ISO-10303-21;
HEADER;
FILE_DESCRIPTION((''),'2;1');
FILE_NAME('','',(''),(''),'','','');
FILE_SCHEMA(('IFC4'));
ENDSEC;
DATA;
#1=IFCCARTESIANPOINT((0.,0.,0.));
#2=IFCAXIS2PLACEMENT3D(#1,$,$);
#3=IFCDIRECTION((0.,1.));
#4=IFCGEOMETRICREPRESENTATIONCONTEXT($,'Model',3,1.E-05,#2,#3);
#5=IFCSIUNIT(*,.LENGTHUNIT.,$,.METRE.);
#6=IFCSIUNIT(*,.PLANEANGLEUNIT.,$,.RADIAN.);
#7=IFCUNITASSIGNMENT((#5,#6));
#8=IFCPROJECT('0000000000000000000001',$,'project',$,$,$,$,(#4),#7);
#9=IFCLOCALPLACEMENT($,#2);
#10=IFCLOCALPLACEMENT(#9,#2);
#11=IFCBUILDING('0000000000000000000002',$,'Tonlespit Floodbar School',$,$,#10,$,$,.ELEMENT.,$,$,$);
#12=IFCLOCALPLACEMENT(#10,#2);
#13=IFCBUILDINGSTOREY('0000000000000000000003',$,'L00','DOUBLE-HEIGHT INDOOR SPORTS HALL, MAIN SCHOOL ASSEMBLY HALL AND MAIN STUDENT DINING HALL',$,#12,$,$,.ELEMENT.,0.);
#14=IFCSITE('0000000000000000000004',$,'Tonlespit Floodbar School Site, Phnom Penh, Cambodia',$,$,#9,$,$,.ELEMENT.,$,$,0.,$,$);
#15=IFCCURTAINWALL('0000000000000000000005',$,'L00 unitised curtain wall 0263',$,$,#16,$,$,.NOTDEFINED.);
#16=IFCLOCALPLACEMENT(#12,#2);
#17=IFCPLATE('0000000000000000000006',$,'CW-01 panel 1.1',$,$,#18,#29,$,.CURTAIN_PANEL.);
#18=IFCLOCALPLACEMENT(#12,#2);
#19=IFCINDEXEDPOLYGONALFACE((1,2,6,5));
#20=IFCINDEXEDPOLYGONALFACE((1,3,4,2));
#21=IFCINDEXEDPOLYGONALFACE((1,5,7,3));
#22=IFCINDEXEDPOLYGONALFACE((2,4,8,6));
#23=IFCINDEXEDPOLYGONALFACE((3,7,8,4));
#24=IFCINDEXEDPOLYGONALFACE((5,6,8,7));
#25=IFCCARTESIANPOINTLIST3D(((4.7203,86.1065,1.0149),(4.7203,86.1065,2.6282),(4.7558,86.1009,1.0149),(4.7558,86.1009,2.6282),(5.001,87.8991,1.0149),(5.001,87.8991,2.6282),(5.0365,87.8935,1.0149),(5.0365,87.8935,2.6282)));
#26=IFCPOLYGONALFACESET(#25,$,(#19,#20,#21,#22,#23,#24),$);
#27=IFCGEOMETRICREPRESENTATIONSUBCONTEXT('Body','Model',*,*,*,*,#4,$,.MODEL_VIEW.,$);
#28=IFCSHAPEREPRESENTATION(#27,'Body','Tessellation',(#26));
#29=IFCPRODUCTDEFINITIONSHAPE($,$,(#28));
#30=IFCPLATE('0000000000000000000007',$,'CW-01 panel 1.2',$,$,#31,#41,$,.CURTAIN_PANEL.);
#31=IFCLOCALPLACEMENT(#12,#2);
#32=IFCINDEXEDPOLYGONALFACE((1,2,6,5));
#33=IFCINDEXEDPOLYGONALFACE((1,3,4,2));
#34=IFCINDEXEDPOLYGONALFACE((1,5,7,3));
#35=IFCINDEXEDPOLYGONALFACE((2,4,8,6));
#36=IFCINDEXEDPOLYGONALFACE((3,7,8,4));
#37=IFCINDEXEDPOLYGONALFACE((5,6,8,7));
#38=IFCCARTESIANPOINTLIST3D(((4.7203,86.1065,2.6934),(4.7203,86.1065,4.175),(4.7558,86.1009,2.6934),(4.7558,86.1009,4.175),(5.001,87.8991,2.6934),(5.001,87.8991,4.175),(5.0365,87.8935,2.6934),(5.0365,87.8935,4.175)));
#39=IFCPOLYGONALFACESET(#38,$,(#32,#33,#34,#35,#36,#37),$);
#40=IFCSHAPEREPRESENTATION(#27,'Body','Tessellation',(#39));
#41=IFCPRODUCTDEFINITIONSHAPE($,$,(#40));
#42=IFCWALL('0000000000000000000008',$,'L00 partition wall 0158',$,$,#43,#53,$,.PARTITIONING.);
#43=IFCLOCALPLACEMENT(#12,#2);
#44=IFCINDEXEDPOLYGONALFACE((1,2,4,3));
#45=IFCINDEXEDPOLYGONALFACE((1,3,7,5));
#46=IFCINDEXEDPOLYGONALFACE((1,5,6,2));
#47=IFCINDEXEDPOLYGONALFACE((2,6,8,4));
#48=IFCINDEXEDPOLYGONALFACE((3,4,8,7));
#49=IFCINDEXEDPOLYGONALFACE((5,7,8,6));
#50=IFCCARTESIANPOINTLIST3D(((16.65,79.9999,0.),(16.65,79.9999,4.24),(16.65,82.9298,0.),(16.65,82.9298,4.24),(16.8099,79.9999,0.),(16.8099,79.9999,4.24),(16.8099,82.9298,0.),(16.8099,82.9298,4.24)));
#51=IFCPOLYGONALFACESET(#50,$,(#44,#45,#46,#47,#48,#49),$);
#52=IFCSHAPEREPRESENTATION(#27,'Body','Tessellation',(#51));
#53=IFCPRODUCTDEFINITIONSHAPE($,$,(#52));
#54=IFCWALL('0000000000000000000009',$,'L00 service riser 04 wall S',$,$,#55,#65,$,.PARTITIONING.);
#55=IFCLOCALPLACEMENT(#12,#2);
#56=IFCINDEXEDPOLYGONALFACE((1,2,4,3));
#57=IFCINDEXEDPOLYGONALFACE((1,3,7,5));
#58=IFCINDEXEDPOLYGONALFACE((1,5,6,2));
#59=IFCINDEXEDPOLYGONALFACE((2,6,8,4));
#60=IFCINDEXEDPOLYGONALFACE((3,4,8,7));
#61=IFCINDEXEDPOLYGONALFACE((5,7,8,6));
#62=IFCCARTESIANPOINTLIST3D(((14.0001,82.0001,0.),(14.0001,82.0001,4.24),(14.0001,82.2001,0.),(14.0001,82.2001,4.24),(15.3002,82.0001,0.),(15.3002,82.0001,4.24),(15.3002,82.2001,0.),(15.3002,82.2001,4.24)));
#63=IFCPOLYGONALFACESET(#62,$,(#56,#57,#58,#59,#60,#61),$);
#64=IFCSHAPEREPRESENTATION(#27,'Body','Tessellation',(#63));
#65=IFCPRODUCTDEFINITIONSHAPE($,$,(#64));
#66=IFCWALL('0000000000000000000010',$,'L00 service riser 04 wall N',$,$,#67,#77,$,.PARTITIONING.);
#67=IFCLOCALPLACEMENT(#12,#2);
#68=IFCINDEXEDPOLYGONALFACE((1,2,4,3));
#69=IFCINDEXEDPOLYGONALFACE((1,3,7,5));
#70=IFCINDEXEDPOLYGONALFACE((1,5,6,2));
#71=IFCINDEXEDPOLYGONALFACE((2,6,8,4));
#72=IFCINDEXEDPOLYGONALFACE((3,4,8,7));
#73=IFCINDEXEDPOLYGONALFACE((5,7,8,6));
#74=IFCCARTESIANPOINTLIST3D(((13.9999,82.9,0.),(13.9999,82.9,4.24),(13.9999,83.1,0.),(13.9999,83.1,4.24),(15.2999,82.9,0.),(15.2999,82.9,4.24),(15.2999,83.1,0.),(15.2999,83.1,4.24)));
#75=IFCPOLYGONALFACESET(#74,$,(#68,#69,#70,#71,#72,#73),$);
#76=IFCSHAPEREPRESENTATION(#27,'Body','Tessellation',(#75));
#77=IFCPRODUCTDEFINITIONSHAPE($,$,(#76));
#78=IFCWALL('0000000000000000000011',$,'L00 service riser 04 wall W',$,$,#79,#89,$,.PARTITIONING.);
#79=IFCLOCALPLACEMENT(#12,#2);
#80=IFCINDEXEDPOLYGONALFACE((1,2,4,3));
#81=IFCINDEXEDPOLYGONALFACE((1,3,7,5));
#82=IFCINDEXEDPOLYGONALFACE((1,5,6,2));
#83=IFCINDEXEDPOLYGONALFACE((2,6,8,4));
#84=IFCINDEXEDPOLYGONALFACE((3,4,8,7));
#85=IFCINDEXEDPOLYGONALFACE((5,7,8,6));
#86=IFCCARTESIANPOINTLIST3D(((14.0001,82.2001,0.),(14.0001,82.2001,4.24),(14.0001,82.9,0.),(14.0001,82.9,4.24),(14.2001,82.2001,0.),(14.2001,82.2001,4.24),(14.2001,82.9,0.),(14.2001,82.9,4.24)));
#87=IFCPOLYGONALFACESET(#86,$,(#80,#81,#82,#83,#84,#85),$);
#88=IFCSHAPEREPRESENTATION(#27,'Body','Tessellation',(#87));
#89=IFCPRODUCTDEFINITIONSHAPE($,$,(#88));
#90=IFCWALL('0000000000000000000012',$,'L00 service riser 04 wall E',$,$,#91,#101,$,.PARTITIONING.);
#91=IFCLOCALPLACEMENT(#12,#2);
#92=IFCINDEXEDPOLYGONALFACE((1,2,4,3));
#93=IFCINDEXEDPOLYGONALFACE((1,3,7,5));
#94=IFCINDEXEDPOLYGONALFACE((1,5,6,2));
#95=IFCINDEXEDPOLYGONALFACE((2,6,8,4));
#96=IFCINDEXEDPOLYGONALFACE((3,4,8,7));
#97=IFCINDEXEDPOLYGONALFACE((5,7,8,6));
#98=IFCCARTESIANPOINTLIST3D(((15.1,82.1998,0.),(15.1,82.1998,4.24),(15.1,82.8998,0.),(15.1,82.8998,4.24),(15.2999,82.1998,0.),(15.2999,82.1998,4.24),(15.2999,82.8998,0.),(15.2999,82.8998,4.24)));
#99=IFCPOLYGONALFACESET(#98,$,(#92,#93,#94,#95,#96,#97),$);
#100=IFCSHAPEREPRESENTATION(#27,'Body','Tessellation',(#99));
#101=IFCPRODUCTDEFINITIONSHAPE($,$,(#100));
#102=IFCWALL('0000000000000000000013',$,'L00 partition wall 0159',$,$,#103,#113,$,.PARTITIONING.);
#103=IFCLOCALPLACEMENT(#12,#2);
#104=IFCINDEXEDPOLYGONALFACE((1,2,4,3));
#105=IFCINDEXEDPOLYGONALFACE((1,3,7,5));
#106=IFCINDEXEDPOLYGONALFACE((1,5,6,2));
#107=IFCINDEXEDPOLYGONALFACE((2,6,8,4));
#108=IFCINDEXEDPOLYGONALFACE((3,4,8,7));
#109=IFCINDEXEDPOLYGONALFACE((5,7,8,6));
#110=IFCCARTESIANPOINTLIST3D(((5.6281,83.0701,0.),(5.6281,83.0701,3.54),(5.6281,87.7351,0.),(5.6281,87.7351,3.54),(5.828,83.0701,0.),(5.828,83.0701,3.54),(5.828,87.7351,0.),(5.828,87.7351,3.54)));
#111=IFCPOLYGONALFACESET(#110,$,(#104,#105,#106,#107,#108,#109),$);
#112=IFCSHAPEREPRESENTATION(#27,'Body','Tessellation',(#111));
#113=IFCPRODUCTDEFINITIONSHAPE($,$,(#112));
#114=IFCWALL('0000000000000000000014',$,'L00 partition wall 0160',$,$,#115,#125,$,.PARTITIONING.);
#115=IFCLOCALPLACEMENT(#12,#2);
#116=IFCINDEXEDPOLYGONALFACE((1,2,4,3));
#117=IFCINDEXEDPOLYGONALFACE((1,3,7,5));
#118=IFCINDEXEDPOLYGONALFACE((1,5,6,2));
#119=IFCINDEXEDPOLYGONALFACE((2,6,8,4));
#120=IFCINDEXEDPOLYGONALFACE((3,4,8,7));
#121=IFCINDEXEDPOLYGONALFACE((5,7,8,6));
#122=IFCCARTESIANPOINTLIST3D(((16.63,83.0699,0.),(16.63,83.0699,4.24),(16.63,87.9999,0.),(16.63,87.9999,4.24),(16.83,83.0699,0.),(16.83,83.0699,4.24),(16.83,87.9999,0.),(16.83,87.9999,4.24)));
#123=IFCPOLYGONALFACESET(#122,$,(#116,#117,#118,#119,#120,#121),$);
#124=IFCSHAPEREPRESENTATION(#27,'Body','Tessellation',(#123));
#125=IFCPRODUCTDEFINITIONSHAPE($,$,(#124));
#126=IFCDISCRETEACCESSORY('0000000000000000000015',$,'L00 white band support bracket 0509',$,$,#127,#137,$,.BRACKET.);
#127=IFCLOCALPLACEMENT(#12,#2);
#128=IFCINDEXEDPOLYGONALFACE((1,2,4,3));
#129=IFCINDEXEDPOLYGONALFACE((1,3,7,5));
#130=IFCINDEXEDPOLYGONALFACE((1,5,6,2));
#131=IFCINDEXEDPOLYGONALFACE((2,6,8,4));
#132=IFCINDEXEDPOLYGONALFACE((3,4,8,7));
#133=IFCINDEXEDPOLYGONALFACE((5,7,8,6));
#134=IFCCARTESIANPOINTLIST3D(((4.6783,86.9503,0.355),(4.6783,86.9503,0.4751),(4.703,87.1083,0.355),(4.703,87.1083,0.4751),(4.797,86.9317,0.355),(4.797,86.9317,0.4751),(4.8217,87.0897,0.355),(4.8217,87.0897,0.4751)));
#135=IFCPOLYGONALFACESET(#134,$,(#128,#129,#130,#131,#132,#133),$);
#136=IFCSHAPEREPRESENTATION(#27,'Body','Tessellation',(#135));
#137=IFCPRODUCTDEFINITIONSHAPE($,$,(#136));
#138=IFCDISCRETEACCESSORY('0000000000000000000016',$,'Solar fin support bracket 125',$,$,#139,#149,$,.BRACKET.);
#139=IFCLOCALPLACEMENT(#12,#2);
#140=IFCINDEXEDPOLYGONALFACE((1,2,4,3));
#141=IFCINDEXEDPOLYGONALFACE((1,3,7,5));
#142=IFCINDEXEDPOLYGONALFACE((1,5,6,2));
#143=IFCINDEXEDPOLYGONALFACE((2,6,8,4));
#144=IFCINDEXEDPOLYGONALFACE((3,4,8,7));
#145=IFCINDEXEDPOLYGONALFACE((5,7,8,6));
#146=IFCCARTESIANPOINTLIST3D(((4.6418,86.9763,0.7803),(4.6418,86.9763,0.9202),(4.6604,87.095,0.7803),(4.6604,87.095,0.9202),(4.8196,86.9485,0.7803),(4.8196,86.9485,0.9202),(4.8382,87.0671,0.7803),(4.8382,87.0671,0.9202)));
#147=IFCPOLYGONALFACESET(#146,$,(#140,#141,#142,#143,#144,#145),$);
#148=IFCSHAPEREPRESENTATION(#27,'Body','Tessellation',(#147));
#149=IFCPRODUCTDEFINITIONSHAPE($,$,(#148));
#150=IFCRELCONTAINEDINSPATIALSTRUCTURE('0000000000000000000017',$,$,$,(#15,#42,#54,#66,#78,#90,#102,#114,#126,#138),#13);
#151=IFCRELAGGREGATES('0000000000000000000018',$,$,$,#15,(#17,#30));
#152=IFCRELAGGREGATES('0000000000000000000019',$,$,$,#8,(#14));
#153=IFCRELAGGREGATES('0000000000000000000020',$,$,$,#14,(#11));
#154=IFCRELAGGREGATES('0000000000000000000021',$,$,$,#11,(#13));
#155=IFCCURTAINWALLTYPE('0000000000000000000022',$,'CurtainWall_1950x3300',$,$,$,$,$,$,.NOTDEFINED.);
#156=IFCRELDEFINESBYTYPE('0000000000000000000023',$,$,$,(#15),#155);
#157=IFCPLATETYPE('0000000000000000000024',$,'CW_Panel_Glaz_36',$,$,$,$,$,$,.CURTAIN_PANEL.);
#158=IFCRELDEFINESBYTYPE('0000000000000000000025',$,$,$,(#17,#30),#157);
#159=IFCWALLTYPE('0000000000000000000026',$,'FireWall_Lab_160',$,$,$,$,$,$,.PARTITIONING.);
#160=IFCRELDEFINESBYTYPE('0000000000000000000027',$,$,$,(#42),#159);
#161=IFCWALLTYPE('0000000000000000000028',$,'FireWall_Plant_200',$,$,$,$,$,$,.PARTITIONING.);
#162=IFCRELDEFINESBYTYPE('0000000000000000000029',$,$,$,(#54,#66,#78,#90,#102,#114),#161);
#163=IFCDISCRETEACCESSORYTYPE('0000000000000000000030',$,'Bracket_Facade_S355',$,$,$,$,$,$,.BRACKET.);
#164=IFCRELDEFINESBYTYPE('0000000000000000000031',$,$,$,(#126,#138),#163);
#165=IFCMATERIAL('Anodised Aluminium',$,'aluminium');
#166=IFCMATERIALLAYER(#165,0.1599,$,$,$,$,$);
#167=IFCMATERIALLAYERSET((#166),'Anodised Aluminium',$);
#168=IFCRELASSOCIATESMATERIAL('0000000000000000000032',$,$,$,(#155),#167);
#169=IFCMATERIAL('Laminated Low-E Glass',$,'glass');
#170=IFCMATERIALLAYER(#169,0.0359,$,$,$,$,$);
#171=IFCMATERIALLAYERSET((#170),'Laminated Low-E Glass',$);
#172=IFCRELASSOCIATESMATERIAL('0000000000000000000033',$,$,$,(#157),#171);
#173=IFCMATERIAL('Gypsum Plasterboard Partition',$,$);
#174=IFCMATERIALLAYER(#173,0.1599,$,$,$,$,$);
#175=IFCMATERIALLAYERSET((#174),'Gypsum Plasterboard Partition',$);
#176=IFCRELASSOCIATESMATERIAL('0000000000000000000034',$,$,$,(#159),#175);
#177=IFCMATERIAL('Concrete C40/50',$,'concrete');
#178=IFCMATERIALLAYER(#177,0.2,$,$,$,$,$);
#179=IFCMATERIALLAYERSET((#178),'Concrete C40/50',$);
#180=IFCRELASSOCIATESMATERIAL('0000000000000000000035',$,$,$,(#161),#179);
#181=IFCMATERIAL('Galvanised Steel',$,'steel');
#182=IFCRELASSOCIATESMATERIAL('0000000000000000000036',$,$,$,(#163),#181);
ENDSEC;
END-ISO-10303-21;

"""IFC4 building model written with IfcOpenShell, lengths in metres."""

from ifc_helpers import new_model, si_unit, direction, frame, frame_2d, origin, origin_2d, place, context, subcontext, project, spatial, rectangle, extrude, material, layer, layer_set, type_object, element, aggregate, save


model = new_model("IFC4")

# Units and contexts
model_context = context("Model", 3, precision=1e-05, world=origin(), true_north=direction((0.0, 1.0)))
body_context = subcontext(model_context, "Body", "Model", "MODEL_VIEW")
ifc_project = project(units=[si_unit("LENGTHUNIT", "METRE"), si_unit("PLANEANGLEUNIT", "RADIAN")], contexts=[model_context])

# Site, building, storey
site_placement = place(None, origin())
site = spatial("IfcSite", under=ifc_project, at=site_placement, Name="Tonlespit Floodbar School Site, Phnom Penh, Cambodia", CompositionType="ELEMENT", RefElevation=0.0)
building_placement = place(site_placement, origin())
building = spatial("IfcBuilding", under=site, at=building_placement, Name="Tonlespit Floodbar School", CompositionType="ELEMENT")
storey_placement = place(building_placement, origin())
storey = spatial("IfcBuildingStorey", under=building, at=storey_placement, Name="L00", Description="DOUBLE-HEIGHT INDOOR SPORTS HALL, MAIN SCHOOL ASSEMBLY HALL AND MAIN STUDENT DINING HALL", CompositionType="ELEMENT", Elevation=0.0)

# Shared definitions
ifc_material_1 = material(Name="Concrete C40/50", Category="concrete")

# Curtain wall
ifc_material_2 = material(Name="Anodised Aluminium", Category="aluminium")
ifc_layer_1 = layer(ifc_material_2, 0.1599)
ifc_layer_set_1 = layer_set([ifc_layer_1], Name="Anodised Aluminium")
curtain_wall_type = type_object("IfcCurtainWallType", Name="CurtainWall_1950x3300", PredefinedType="NOTDEFINED", material=ifc_layer_set_1)
curtain_wall_placement = place(storey_placement, origin())
curtain_wall = element("IfcCurtainWall", 1, at=curtain_wall_placement, inside=storey, type_object=curtain_wall_type, Name="L00 unitised curtain wall 0263", PredefinedType="NOTDEFINED")

# Plates
ifc_material_3 = material(Name="Laminated Low-E Glass", Category="glass")
ifc_layer_2 = layer(ifc_material_3, 0.0359)
ifc_layer_set_2 = layer_set([ifc_layer_2], Name="Laminated Low-E Glass")
plate_type = type_object("IfcPlateType", Name="CW_Panel_Glaz_36", PredefinedType="CURTAIN_PANEL", material=ifc_layer_set_2)
plate_1_placement = place(storey_placement, frame((4.8784, 87.0, 1.0149), z_axis=(0.0, 0.0, 1.0), x_axis=(0.1547, 0.987961, 0.0)))
plate_1 = element("IfcPlate", 2, at=plate_1_placement, type_object=plate_type, Name="CW-01 panel 1.1", PredefinedType="CURTAIN_PANEL", context=body_context, shape_type="SweptSolid", body=[
    extrude(rectangle(XDim=1.8145, YDim=0.0359, at=origin_2d()), origin(), (0.0, 0.0, 1.0), 1.6133),
])
plate_2_placement = place(storey_placement, frame((4.8784, 87.0, 2.6934), z_axis=(0.0, 0.0, 1.0), x_axis=(0.1547, 0.987961, 0.0)))
plate_2 = element("IfcPlate", 3, at=plate_2_placement, type_object=plate_type, Name="CW-01 panel 1.2", PredefinedType="CURTAIN_PANEL", context=body_context, shape_type="SweptSolid", body=[
    extrude(rectangle(XDim=1.8145, YDim=0.0359, at=origin_2d()), origin(), (0.0, 0.0, 1.0), 1.4817),
])
aggregate(curtain_wall, [plate_1, plate_2])

# Walls
ifc_material_4 = material(Name="Gypsum Plasterboard Partition")
ifc_layer_3 = layer(ifc_material_4, 0.1599)
ifc_layer_set_3 = layer_set([ifc_layer_3], Name="Gypsum Plasterboard Partition")
wall_type_1 = type_object("IfcWallType", Name="FireWall_Lab_160", PredefinedType="PARTITIONING", material=ifc_layer_set_3)
wall_1_placement = place(storey_placement, frame((16.73, 80.0, 0.0), z_axis=(0.0, 0.0, 1.0), x_axis=(0.0, 1.0, 0.0)))
element("IfcWall", 4, at=wall_1_placement, inside=storey, type_object=wall_type_1, Name="L00 partition wall 0158", PredefinedType="PARTITIONING", context=body_context, shape_type="SweptSolid", body=[
    extrude(rectangle(XDim=2.9299, YDim=0.1599, at=frame_2d((1.4648, 0.0))), origin(), (0.0, 0.0, 1.0), 4.24),
])
ifc_layer_4 = layer(ifc_material_1, 0.2)
ifc_layer_set_4 = layer_set([ifc_layer_4], Name="Concrete C40/50")
wall_type_2 = type_object("IfcWallType", Name="FireWall_Plant_200", PredefinedType="PARTITIONING", material=ifc_layer_set_4)
for number, where, z_axis, x_axis, name in (
    (5, (15.3, 82.1001, 0.0), (0.0, 0.0, 1.0), (-1.0, 0.0, 0.0), "L00 service riser 04 wall S"),
    (6, (14.0, 83.0, 0.0), (0.0, 0.0, 1.0), (1.0, 0.0, 0.0), "L00 service riser 04 wall N"),
):
    element("IfcWall", number, at=place(storey_placement, frame(where, z_axis=z_axis, x_axis=x_axis)), inside=storey, type_object=wall_type_2, Name=name, PredefinedType="PARTITIONING", context=body_context, shape_type="SweptSolid", body=[
        extrude(rectangle(XDim=1.3, YDim=0.2, at=frame_2d((0.6499, 0.0))), origin(), (0.0, 0.0, 1.0), 4.24),
    ])
for number, where, z_axis, x_axis, name in (
    (7, (14.1001, 82.2, 0.0), (0.0, 0.0, 1.0), (0.0, 1.0, 0.0), "L00 service riser 04 wall W"),
    (8, (15.2, 82.8999, 0.0), (0.0, 0.0, 1.0), (0.0, -1.0, 0.0), "L00 service riser 04 wall E"),
):
    element("IfcWall", number, at=place(storey_placement, frame(where, z_axis=z_axis, x_axis=x_axis)), inside=storey, type_object=wall_type_2, Name=name, PredefinedType="PARTITIONING", context=body_context, shape_type="SweptSolid", body=[
        extrude(rectangle(XDim=0.7, YDim=0.2, at=frame_2d((0.3501, 0.0))), origin(), (0.0, 0.0, 1.0), 4.24),
    ])
wall_2_placement = place(storey_placement, frame((5.728, 83.0701, 0.0), z_axis=(0.0, 0.0, 1.0), x_axis=(0.0, 1.0, 0.0)))
element("IfcWall", 9, at=wall_2_placement, inside=storey, type_object=wall_type_2, Name="L00 partition wall 0159", PredefinedType="PARTITIONING", context=body_context, shape_type="SweptSolid", body=[
    extrude(rectangle(XDim=4.665, YDim=0.2, at=frame_2d((2.3325, 0.0))), origin(), (0.0, 0.0, 1.0), 3.54),
])
wall_3_placement = place(storey_placement, frame((16.73, 83.0701, 0.0), z_axis=(0.0, 0.0, 1.0), x_axis=(0.0, 1.0, 0.0)))
element("IfcWall", 10, at=wall_3_placement, inside=storey, type_object=wall_type_2, Name="L00 partition wall 0160", PredefinedType="PARTITIONING", context=body_context, shape_type="SweptSolid", body=[
    extrude(rectangle(XDim=4.9299, YDim=0.2, at=frame_2d((2.4648, 0.0))), origin(), (0.0, 0.0, 1.0), 4.24),
])

# Discrete accessories
ifc_material_5 = material(Name="Galvanised Steel", Category="steel")
discrete_accessory_type = type_object("IfcDiscreteAccessoryType", Name="Bracket_Facade_S355", PredefinedType="BRACKET", material=ifc_material_5)
discrete_accessory_1_placement = place(storey_placement, frame((4.75, 87.02, 0.355), z_axis=(0.0, 0.0, 1.0), x_axis=(0.154714, 0.987959, 0.0)))
element("IfcDiscreteAccessory", 11, at=discrete_accessory_1_placement, inside=storey, type_object=discrete_accessory_type, Name="L00 white band support bracket 0509", PredefinedType="BRACKET", context=body_context, shape_type="SweptSolid", body=[
    extrude(rectangle(XDim=0.1599, YDim=0.1201, at=origin_2d()), origin(), (0.0, 0.0, 1.0), 0.1201),
])
discrete_accessory_2_placement = place(storey_placement, frame((4.74, 87.0217, 0.7803), z_axis=(0.0, 0.0, 1.0), x_axis=(0.154714, 0.987959, 0.0)))
element("IfcDiscreteAccessory", 12, at=discrete_accessory_2_placement, inside=storey, type_object=discrete_accessory_type, Name="Solar fin support bracket 125", PredefinedType="BRACKET", context=body_context, shape_type="SweptSolid", body=[
    extrude(rectangle(XDim=0.1201, YDim=0.1799, at=origin_2d()), origin(), (0.0, 0.0, 1.0), 0.1399),
])

save(model, "model.ifc")
